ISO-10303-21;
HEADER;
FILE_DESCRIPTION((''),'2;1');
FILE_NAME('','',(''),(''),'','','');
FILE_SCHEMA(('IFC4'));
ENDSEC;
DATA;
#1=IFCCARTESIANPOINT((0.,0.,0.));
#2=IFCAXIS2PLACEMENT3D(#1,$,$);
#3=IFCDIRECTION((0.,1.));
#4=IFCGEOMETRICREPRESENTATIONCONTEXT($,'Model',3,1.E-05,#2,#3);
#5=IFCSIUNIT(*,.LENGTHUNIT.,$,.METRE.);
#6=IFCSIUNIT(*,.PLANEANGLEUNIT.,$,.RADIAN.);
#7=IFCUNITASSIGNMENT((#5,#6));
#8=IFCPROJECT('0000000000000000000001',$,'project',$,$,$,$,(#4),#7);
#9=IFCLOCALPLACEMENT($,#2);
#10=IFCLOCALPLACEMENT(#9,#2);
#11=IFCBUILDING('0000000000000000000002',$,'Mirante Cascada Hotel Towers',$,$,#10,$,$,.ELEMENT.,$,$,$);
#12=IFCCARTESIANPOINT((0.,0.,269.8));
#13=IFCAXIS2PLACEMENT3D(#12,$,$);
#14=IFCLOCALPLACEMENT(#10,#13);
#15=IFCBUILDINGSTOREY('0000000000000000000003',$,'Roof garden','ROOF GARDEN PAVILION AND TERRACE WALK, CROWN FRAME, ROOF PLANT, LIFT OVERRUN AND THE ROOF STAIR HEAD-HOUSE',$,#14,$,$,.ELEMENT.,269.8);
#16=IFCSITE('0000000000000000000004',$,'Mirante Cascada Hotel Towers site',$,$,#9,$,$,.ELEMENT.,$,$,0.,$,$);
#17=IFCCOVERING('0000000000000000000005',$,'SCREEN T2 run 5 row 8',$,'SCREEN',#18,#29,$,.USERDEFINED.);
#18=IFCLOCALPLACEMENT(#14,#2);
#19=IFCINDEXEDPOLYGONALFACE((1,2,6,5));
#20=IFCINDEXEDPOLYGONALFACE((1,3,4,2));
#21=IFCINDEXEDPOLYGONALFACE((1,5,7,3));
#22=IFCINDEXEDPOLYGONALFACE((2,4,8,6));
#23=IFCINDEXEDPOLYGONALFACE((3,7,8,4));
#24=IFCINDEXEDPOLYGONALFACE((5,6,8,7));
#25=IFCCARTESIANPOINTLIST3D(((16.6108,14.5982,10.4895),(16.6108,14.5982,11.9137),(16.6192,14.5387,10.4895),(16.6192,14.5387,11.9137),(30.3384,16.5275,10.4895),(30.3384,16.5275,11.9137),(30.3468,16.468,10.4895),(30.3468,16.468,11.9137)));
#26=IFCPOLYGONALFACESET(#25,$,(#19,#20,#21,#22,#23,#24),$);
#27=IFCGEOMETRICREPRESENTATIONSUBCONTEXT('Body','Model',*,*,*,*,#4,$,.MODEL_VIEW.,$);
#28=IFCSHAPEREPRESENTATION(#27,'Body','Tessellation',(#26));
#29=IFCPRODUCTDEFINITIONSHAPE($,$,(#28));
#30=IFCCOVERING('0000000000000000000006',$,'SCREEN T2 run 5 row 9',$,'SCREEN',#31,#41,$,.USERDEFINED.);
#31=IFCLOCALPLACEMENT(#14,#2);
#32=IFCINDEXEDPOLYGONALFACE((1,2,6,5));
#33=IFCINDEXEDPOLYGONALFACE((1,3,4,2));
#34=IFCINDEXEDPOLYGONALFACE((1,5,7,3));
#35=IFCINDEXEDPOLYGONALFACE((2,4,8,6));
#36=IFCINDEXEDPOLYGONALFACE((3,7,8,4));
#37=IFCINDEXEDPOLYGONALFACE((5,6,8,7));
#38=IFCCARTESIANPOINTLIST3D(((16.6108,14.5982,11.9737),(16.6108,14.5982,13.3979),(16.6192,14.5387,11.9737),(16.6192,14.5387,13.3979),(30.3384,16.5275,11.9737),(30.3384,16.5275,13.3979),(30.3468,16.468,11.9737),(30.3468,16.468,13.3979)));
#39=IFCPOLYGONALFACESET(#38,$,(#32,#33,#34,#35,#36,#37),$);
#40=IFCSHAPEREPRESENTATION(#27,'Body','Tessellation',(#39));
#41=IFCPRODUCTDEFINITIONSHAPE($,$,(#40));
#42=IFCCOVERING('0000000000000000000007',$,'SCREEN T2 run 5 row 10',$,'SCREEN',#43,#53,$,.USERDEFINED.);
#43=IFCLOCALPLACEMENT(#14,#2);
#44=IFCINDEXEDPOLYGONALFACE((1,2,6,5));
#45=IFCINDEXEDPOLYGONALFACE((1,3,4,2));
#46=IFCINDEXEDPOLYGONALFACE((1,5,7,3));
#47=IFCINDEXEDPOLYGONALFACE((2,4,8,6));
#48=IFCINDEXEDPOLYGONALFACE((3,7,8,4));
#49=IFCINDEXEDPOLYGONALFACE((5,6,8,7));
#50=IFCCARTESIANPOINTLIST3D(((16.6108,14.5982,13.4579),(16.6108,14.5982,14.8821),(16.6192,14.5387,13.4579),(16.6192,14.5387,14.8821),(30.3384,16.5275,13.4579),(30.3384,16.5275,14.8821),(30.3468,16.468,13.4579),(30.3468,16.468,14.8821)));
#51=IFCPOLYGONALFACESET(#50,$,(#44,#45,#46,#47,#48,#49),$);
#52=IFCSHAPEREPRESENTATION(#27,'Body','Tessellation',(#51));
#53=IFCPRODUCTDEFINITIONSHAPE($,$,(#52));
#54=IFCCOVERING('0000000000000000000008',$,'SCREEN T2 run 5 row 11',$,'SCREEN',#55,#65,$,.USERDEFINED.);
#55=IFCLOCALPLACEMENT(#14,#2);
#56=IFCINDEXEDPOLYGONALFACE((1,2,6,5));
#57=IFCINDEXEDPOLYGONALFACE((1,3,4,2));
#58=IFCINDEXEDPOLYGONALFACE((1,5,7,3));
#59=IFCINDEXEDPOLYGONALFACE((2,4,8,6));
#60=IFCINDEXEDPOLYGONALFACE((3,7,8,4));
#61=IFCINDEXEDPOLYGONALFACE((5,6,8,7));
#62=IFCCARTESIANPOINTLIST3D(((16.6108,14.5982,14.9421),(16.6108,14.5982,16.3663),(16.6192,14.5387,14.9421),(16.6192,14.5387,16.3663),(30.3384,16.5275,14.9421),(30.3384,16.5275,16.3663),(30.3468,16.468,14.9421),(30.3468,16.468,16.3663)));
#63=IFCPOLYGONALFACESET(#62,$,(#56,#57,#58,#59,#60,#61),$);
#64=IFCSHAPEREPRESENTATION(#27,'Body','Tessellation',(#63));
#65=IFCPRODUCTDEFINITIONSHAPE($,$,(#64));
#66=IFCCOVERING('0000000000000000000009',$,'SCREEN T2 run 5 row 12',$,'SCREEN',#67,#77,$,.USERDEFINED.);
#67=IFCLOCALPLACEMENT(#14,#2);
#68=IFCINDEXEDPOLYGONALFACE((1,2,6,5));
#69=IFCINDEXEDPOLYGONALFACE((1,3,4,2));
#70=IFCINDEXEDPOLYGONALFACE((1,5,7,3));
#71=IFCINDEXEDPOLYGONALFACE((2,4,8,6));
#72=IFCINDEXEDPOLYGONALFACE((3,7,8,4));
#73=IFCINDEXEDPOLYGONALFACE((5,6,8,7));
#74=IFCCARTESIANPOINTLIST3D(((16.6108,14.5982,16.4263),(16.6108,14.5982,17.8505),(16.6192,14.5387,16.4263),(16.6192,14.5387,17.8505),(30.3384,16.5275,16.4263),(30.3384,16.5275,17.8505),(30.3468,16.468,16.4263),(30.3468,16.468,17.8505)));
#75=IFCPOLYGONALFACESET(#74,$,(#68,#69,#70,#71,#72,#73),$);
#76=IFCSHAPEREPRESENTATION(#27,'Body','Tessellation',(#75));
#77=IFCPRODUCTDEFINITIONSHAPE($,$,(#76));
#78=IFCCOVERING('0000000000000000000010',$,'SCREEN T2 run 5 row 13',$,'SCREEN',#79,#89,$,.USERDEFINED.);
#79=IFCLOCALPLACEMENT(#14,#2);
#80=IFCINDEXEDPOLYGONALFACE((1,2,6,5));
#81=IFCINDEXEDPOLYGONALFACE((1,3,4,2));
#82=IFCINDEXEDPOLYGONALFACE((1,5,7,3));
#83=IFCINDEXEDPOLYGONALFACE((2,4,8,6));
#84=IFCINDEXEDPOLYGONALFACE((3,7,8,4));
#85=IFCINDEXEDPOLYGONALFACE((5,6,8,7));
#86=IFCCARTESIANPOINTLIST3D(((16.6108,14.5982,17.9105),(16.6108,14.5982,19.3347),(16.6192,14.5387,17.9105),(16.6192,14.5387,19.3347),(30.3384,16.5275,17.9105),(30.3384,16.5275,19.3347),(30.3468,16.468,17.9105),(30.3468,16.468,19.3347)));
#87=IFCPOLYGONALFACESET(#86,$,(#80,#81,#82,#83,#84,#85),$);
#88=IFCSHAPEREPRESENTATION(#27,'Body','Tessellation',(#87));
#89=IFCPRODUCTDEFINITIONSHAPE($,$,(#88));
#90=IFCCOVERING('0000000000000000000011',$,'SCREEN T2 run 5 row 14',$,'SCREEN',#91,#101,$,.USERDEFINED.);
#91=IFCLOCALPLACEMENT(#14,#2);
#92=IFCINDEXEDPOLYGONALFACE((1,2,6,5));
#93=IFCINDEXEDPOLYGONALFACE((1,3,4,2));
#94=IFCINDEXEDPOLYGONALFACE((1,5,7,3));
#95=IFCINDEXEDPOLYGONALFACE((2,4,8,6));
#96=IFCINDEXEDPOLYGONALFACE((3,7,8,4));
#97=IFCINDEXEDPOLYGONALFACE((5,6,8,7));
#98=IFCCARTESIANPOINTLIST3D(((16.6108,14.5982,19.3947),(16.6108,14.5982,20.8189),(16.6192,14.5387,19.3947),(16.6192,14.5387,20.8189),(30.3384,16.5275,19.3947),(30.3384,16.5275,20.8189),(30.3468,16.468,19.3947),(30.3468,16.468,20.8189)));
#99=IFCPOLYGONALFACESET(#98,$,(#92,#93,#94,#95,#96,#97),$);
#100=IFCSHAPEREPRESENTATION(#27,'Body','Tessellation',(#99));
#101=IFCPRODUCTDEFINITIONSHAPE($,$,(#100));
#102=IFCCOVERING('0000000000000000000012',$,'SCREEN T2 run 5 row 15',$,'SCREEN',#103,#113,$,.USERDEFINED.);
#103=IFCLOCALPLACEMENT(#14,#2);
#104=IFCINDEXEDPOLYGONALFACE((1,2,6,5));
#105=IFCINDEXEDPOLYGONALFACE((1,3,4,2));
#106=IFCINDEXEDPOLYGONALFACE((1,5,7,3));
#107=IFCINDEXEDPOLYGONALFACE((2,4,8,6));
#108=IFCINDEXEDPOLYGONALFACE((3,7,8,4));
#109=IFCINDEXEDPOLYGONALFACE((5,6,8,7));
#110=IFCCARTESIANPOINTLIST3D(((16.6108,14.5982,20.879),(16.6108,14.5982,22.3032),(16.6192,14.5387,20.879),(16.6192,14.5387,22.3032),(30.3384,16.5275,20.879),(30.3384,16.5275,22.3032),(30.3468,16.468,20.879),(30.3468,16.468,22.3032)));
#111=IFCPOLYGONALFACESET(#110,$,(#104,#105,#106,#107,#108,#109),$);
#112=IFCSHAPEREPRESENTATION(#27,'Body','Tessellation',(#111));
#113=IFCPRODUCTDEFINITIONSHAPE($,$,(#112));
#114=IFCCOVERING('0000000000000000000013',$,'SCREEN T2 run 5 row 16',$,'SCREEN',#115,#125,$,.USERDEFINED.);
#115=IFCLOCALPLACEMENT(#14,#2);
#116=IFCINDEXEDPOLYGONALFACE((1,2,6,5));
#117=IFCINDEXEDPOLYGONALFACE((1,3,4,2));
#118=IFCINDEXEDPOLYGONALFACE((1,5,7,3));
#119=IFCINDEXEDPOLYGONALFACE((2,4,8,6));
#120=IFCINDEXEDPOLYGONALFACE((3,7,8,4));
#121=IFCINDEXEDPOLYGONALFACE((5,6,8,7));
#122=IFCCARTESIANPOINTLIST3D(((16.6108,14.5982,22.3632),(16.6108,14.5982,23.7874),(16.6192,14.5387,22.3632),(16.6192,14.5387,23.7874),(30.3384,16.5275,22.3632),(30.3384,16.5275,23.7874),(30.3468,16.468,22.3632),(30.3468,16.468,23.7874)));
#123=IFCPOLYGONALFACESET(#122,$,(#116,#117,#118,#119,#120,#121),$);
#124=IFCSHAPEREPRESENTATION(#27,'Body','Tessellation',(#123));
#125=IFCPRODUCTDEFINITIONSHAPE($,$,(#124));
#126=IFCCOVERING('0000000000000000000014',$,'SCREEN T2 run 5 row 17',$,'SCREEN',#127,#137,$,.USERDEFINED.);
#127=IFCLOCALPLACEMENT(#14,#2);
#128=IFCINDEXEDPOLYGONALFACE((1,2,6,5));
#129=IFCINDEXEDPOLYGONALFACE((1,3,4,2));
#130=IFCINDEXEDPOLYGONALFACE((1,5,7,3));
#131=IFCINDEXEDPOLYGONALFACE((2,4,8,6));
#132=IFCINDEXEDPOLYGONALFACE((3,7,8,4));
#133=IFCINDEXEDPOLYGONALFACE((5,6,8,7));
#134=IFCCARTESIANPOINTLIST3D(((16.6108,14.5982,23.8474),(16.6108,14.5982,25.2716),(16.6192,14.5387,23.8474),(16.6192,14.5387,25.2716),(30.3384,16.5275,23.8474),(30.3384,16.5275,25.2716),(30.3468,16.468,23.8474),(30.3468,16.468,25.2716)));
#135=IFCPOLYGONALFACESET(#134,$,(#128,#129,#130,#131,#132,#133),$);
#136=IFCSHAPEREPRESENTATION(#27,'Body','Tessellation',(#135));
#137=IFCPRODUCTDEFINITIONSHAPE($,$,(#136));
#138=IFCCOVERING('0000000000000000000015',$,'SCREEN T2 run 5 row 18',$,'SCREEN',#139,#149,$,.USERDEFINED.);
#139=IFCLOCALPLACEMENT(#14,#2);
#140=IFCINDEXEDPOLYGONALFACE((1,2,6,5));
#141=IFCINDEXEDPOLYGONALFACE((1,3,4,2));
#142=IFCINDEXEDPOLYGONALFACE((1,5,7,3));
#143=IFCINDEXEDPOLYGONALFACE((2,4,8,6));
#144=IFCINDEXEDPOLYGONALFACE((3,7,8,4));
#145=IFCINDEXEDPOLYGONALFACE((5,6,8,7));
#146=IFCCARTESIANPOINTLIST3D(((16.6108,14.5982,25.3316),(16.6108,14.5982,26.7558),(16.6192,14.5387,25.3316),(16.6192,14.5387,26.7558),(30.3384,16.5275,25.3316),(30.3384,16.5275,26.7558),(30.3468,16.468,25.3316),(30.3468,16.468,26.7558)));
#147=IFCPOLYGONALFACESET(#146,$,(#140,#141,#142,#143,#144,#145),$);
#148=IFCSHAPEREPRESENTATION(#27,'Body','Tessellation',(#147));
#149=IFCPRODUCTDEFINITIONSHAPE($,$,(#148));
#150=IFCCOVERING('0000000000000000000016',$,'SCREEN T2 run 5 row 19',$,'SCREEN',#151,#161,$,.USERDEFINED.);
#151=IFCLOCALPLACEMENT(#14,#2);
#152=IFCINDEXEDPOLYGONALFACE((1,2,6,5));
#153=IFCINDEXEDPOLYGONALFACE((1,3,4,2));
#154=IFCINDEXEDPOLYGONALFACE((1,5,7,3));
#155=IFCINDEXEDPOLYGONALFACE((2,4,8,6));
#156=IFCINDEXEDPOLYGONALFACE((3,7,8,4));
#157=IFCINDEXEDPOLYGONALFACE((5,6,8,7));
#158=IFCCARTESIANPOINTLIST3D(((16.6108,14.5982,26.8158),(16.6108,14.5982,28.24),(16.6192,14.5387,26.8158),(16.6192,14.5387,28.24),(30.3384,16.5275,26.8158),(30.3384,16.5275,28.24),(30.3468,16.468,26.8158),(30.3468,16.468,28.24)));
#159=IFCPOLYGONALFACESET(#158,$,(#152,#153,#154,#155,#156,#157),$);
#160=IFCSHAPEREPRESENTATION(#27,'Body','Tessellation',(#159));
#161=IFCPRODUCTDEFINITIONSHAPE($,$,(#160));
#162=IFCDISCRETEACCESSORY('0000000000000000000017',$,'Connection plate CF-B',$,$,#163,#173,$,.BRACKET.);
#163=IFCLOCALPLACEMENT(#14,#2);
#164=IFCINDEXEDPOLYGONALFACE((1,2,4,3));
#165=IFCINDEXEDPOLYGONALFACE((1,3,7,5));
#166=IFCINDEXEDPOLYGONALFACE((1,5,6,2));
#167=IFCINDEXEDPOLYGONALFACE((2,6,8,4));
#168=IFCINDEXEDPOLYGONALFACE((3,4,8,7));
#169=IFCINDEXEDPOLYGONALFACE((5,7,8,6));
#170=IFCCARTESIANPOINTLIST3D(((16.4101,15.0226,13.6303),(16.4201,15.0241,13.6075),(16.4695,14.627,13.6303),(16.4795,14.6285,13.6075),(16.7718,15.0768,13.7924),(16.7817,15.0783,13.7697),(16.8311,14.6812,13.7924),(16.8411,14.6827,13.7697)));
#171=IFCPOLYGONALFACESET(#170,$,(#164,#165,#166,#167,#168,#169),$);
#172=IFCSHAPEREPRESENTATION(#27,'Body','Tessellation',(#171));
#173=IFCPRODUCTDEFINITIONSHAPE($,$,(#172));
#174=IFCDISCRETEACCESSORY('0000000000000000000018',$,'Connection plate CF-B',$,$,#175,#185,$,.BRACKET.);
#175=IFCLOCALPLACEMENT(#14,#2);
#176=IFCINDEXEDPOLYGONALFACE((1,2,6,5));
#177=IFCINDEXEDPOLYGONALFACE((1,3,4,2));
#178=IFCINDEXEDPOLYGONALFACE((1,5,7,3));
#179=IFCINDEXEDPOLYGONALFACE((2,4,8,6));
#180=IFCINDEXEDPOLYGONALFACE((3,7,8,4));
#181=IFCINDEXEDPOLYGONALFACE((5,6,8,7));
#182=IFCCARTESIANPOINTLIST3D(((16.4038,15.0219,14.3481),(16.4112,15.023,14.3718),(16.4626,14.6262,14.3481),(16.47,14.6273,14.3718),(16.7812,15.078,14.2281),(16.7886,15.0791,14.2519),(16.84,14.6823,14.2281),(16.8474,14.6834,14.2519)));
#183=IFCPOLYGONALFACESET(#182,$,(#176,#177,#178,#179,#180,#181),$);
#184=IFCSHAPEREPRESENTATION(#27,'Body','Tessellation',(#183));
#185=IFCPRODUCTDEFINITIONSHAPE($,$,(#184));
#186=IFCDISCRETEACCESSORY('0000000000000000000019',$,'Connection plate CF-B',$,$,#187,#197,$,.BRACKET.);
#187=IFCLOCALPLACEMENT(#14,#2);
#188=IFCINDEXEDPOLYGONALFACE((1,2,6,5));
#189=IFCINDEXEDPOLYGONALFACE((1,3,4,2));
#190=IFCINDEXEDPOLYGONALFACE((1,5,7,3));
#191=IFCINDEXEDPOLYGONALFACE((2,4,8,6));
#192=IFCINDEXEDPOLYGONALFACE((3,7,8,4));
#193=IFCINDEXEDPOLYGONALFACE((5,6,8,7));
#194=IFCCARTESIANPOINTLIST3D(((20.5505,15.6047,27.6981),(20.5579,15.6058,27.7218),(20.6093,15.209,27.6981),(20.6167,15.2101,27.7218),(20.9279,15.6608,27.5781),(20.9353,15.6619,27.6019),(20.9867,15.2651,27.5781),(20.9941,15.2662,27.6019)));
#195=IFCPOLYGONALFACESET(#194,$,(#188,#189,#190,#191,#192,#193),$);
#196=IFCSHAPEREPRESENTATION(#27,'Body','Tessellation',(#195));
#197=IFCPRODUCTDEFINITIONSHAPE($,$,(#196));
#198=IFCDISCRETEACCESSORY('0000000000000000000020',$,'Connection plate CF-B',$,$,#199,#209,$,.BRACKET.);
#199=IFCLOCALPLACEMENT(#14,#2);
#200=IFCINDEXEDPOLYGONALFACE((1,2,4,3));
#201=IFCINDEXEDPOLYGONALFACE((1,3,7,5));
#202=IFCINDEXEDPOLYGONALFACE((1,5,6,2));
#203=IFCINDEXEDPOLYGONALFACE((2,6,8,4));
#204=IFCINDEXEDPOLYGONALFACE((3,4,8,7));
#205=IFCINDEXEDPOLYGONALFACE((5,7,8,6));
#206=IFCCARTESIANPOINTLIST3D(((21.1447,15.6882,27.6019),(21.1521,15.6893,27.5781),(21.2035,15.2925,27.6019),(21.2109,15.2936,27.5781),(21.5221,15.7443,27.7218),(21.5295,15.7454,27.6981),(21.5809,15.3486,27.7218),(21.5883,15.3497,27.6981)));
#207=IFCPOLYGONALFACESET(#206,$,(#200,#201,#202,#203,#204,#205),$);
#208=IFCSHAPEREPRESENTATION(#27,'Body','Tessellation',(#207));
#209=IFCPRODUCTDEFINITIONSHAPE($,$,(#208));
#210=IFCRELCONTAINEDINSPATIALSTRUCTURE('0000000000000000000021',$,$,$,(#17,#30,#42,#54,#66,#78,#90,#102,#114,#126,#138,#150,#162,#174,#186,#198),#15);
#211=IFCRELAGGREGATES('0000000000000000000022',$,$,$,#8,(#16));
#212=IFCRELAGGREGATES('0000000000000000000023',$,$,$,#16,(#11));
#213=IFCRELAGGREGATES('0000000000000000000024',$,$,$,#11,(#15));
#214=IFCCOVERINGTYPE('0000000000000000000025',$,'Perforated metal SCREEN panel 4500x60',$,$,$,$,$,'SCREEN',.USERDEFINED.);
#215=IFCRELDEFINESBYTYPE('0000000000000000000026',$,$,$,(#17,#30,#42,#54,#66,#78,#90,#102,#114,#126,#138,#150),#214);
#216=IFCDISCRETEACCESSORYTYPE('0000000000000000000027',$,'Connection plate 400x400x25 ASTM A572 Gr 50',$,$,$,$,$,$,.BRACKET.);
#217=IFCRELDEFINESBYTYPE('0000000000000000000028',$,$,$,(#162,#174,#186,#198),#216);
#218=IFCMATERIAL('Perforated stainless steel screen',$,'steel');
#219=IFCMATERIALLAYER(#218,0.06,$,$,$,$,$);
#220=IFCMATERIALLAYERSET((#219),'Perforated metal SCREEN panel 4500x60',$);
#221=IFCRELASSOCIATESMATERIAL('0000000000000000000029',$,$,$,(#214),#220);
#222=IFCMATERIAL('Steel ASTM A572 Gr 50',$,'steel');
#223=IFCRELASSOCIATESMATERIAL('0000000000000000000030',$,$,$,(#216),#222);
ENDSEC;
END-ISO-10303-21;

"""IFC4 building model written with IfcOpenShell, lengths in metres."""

from ifc_helpers import new_model, si_unit, direction, frame, origin, origin_2d, place, context, subcontext, project, spatial, rectangle, extrude, material, layer, layer_set, material_profile, profile_set, type_object, element, save


model = new_model("IFC4")

# Units and contexts
model_context = context("Model", 3, precision=1e-05, world=origin(), true_north=direction((0.0, 1.0)))
body_context = subcontext(model_context, "Body", "Model", "MODEL_VIEW")
ifc_project = project(units=[si_unit("LENGTHUNIT", "METRE"), si_unit("PLANEANGLEUNIT", "RADIAN")], contexts=[model_context])

# Site, building, storey
site_placement = place(None, origin())
site = spatial("IfcSite", under=ifc_project, at=site_placement, Name="Mirante Cascada Hotel Towers site", CompositionType="ELEMENT", RefElevation=0.0)
building_placement = place(site_placement, origin())
building = spatial("IfcBuilding", under=site, at=building_placement, Name="Mirante Cascada Hotel Towers", CompositionType="ELEMENT")
storey_placement = place(building_placement, frame((0.0, 0.0, 269.8)))
storey = spatial("IfcBuildingStorey", under=building, at=storey_placement, Name="Roof garden", Description="ROOF GARDEN PAVILION AND TERRACE WALK, CROWN FRAME, ROOF PLANT, LIFT OVERRUN AND THE ROOF STAIR HEAD-HOUSE", CompositionType="ELEMENT", Elevation=269.8)

# Coverings
ifc_material_1 = material(Name="Perforated stainless steel screen", Category="steel")
ifc_layer_1 = layer(ifc_material_1, 0.06)
ifc_layer_set_1 = layer_set([ifc_layer_1], Name="Perforated metal SCREEN panel 4500x60")
covering_type = type_object("IfcCoveringType", Name="Perforated metal SCREEN panel 4500x60", ElementType="SCREEN", PredefinedType="USERDEFINED", material=ifc_layer_set_1)
for number, where, z_axis, x_axis, name in (
    (1, (23.4788, 15.5331, 10.4895), (0.0, 0.0, 1.0), (0.990268, 0.139173, 0.0), "SCREEN T2 run 5 row 8"),
    (2, (23.4788, 15.5331, 11.9737), (0.0, 0.0, 1.0), (0.990268, 0.139173, 0.0), "SCREEN T2 run 5 row 9"),
    (3, (23.4788, 15.5331, 13.4579), (0.0, 0.0, 1.0), (0.990268, 0.139173, 0.0), "SCREEN T2 run 5 row 10"),
    (4, (23.4788, 15.5331, 14.9421), (0.0, 0.0, 1.0), (0.990268, 0.139173, 0.0), "SCREEN T2 run 5 row 11"),
    (5, (23.4788, 15.5331, 16.4263), (0.0, 0.0, 1.0), (0.990268, 0.139173, 0.0), "SCREEN T2 run 5 row 12"),
    (6, (23.4788, 15.5331, 17.9105), (0.0, 0.0, 1.0), (0.990268, 0.139173, 0.0), "SCREEN T2 run 5 row 13"),
    (7, (23.4788, 15.5331, 19.3947), (0.0, 0.0, 1.0), (0.990268, 0.139173, 0.0), "SCREEN T2 run 5 row 14"),
    (8, (23.4788, 15.5331, 20.879), (0.0, 0.0, 1.0), (0.990268, 0.139173, 0.0), "SCREEN T2 run 5 row 15"),
    (9, (23.4788, 15.5331, 22.3632), (0.0, 0.0, 1.0), (0.990268, 0.139173, 0.0), "SCREEN T2 run 5 row 16"),
    (10, (23.4788, 15.5331, 23.8474), (0.0, 0.0, 1.0), (0.990268, 0.139173, 0.0), "SCREEN T2 run 5 row 17"),
    (11, (23.4788, 15.5331, 25.3316), (0.0, 0.0, 1.0), (0.990268, 0.139173, 0.0), "SCREEN T2 run 5 row 18"),
    (12, (23.4788, 15.5331, 26.8158), (0.0, 0.0, 1.0), (0.990268, 0.139173, 0.0), "SCREEN T2 run 5 row 19"),
):
    element("IfcCovering", number, at=place(storey_placement, frame(where, z_axis=z_axis, x_axis=x_axis)), inside=storey, type_object=covering_type, Name=name, ObjectType="SCREEN", PredefinedType="USERDEFINED", context=body_context, shape_type="SweptSolid", body=[
        extrude(rectangle(XDim=13.8625, YDim=0.06, at=origin_2d()), origin(), (0.0, 0.0, 1.0), 1.4242),
    ])

# Discrete accessories
ifc_material_2 = material(Name="Steel ASTM A572 Gr 50", Category="steel")
ifc_material_profile_1 = material_profile(ifc_material_2, rectangle(XDim=0.4, YDim=0.4, at=origin_2d()), Name="Connection plate 400x400x25 ASTM A572 Gr 50")
ifc_profile_set_1 = profile_set([ifc_material_profile_1], Name="Steel ASTM A572 Gr 50")
discrete_accessory_type = type_object("IfcDiscreteAccessoryType", Name="Connection plate 400x400x25 ASTM A572 Gr 50", PredefinedType="BRACKET", material=ifc_profile_set_1)
for number, where, z_axis, x_axis, name in (
    (13, (16.6306, 14.8534, 13.6886), (-0.400935, -0.06014, 0.914131), (0.14834, -0.988936, 0.0), "Connection plate CF-B"),
    (14, (16.6219, 14.8521, 14.2881), (0.296615, 0.044091, 0.953979), (-0.147033, 0.989132, 0.0), "Connection plate CF-B"),
    (15, (20.7686, 15.4349, 27.6381), (0.296615, 0.044091, 0.953979), (-0.147033, 0.989132, 0.0), "Connection plate CF-B"),
    (16, (21.3702, 15.5195, 27.6381), (-0.296615, -0.044091, 0.953979), (0.147033, -0.989132, 0.0), "Connection plate CF-B"),
):
    element("IfcDiscreteAccessory", number, at=place(storey_placement, frame(where, z_axis=z_axis, x_axis=x_axis)), inside=storey, type_object=discrete_accessory_type, Name=name, PredefinedType="BRACKET", context=body_context, shape_type="SweptSolid", body=[
        extrude(rectangle(XDim=0.4, YDim=0.4, at=origin_2d()), origin(), (0.0, 0.0, 1.0), 0.0249),
    ])

save(model, "model.ifc")
